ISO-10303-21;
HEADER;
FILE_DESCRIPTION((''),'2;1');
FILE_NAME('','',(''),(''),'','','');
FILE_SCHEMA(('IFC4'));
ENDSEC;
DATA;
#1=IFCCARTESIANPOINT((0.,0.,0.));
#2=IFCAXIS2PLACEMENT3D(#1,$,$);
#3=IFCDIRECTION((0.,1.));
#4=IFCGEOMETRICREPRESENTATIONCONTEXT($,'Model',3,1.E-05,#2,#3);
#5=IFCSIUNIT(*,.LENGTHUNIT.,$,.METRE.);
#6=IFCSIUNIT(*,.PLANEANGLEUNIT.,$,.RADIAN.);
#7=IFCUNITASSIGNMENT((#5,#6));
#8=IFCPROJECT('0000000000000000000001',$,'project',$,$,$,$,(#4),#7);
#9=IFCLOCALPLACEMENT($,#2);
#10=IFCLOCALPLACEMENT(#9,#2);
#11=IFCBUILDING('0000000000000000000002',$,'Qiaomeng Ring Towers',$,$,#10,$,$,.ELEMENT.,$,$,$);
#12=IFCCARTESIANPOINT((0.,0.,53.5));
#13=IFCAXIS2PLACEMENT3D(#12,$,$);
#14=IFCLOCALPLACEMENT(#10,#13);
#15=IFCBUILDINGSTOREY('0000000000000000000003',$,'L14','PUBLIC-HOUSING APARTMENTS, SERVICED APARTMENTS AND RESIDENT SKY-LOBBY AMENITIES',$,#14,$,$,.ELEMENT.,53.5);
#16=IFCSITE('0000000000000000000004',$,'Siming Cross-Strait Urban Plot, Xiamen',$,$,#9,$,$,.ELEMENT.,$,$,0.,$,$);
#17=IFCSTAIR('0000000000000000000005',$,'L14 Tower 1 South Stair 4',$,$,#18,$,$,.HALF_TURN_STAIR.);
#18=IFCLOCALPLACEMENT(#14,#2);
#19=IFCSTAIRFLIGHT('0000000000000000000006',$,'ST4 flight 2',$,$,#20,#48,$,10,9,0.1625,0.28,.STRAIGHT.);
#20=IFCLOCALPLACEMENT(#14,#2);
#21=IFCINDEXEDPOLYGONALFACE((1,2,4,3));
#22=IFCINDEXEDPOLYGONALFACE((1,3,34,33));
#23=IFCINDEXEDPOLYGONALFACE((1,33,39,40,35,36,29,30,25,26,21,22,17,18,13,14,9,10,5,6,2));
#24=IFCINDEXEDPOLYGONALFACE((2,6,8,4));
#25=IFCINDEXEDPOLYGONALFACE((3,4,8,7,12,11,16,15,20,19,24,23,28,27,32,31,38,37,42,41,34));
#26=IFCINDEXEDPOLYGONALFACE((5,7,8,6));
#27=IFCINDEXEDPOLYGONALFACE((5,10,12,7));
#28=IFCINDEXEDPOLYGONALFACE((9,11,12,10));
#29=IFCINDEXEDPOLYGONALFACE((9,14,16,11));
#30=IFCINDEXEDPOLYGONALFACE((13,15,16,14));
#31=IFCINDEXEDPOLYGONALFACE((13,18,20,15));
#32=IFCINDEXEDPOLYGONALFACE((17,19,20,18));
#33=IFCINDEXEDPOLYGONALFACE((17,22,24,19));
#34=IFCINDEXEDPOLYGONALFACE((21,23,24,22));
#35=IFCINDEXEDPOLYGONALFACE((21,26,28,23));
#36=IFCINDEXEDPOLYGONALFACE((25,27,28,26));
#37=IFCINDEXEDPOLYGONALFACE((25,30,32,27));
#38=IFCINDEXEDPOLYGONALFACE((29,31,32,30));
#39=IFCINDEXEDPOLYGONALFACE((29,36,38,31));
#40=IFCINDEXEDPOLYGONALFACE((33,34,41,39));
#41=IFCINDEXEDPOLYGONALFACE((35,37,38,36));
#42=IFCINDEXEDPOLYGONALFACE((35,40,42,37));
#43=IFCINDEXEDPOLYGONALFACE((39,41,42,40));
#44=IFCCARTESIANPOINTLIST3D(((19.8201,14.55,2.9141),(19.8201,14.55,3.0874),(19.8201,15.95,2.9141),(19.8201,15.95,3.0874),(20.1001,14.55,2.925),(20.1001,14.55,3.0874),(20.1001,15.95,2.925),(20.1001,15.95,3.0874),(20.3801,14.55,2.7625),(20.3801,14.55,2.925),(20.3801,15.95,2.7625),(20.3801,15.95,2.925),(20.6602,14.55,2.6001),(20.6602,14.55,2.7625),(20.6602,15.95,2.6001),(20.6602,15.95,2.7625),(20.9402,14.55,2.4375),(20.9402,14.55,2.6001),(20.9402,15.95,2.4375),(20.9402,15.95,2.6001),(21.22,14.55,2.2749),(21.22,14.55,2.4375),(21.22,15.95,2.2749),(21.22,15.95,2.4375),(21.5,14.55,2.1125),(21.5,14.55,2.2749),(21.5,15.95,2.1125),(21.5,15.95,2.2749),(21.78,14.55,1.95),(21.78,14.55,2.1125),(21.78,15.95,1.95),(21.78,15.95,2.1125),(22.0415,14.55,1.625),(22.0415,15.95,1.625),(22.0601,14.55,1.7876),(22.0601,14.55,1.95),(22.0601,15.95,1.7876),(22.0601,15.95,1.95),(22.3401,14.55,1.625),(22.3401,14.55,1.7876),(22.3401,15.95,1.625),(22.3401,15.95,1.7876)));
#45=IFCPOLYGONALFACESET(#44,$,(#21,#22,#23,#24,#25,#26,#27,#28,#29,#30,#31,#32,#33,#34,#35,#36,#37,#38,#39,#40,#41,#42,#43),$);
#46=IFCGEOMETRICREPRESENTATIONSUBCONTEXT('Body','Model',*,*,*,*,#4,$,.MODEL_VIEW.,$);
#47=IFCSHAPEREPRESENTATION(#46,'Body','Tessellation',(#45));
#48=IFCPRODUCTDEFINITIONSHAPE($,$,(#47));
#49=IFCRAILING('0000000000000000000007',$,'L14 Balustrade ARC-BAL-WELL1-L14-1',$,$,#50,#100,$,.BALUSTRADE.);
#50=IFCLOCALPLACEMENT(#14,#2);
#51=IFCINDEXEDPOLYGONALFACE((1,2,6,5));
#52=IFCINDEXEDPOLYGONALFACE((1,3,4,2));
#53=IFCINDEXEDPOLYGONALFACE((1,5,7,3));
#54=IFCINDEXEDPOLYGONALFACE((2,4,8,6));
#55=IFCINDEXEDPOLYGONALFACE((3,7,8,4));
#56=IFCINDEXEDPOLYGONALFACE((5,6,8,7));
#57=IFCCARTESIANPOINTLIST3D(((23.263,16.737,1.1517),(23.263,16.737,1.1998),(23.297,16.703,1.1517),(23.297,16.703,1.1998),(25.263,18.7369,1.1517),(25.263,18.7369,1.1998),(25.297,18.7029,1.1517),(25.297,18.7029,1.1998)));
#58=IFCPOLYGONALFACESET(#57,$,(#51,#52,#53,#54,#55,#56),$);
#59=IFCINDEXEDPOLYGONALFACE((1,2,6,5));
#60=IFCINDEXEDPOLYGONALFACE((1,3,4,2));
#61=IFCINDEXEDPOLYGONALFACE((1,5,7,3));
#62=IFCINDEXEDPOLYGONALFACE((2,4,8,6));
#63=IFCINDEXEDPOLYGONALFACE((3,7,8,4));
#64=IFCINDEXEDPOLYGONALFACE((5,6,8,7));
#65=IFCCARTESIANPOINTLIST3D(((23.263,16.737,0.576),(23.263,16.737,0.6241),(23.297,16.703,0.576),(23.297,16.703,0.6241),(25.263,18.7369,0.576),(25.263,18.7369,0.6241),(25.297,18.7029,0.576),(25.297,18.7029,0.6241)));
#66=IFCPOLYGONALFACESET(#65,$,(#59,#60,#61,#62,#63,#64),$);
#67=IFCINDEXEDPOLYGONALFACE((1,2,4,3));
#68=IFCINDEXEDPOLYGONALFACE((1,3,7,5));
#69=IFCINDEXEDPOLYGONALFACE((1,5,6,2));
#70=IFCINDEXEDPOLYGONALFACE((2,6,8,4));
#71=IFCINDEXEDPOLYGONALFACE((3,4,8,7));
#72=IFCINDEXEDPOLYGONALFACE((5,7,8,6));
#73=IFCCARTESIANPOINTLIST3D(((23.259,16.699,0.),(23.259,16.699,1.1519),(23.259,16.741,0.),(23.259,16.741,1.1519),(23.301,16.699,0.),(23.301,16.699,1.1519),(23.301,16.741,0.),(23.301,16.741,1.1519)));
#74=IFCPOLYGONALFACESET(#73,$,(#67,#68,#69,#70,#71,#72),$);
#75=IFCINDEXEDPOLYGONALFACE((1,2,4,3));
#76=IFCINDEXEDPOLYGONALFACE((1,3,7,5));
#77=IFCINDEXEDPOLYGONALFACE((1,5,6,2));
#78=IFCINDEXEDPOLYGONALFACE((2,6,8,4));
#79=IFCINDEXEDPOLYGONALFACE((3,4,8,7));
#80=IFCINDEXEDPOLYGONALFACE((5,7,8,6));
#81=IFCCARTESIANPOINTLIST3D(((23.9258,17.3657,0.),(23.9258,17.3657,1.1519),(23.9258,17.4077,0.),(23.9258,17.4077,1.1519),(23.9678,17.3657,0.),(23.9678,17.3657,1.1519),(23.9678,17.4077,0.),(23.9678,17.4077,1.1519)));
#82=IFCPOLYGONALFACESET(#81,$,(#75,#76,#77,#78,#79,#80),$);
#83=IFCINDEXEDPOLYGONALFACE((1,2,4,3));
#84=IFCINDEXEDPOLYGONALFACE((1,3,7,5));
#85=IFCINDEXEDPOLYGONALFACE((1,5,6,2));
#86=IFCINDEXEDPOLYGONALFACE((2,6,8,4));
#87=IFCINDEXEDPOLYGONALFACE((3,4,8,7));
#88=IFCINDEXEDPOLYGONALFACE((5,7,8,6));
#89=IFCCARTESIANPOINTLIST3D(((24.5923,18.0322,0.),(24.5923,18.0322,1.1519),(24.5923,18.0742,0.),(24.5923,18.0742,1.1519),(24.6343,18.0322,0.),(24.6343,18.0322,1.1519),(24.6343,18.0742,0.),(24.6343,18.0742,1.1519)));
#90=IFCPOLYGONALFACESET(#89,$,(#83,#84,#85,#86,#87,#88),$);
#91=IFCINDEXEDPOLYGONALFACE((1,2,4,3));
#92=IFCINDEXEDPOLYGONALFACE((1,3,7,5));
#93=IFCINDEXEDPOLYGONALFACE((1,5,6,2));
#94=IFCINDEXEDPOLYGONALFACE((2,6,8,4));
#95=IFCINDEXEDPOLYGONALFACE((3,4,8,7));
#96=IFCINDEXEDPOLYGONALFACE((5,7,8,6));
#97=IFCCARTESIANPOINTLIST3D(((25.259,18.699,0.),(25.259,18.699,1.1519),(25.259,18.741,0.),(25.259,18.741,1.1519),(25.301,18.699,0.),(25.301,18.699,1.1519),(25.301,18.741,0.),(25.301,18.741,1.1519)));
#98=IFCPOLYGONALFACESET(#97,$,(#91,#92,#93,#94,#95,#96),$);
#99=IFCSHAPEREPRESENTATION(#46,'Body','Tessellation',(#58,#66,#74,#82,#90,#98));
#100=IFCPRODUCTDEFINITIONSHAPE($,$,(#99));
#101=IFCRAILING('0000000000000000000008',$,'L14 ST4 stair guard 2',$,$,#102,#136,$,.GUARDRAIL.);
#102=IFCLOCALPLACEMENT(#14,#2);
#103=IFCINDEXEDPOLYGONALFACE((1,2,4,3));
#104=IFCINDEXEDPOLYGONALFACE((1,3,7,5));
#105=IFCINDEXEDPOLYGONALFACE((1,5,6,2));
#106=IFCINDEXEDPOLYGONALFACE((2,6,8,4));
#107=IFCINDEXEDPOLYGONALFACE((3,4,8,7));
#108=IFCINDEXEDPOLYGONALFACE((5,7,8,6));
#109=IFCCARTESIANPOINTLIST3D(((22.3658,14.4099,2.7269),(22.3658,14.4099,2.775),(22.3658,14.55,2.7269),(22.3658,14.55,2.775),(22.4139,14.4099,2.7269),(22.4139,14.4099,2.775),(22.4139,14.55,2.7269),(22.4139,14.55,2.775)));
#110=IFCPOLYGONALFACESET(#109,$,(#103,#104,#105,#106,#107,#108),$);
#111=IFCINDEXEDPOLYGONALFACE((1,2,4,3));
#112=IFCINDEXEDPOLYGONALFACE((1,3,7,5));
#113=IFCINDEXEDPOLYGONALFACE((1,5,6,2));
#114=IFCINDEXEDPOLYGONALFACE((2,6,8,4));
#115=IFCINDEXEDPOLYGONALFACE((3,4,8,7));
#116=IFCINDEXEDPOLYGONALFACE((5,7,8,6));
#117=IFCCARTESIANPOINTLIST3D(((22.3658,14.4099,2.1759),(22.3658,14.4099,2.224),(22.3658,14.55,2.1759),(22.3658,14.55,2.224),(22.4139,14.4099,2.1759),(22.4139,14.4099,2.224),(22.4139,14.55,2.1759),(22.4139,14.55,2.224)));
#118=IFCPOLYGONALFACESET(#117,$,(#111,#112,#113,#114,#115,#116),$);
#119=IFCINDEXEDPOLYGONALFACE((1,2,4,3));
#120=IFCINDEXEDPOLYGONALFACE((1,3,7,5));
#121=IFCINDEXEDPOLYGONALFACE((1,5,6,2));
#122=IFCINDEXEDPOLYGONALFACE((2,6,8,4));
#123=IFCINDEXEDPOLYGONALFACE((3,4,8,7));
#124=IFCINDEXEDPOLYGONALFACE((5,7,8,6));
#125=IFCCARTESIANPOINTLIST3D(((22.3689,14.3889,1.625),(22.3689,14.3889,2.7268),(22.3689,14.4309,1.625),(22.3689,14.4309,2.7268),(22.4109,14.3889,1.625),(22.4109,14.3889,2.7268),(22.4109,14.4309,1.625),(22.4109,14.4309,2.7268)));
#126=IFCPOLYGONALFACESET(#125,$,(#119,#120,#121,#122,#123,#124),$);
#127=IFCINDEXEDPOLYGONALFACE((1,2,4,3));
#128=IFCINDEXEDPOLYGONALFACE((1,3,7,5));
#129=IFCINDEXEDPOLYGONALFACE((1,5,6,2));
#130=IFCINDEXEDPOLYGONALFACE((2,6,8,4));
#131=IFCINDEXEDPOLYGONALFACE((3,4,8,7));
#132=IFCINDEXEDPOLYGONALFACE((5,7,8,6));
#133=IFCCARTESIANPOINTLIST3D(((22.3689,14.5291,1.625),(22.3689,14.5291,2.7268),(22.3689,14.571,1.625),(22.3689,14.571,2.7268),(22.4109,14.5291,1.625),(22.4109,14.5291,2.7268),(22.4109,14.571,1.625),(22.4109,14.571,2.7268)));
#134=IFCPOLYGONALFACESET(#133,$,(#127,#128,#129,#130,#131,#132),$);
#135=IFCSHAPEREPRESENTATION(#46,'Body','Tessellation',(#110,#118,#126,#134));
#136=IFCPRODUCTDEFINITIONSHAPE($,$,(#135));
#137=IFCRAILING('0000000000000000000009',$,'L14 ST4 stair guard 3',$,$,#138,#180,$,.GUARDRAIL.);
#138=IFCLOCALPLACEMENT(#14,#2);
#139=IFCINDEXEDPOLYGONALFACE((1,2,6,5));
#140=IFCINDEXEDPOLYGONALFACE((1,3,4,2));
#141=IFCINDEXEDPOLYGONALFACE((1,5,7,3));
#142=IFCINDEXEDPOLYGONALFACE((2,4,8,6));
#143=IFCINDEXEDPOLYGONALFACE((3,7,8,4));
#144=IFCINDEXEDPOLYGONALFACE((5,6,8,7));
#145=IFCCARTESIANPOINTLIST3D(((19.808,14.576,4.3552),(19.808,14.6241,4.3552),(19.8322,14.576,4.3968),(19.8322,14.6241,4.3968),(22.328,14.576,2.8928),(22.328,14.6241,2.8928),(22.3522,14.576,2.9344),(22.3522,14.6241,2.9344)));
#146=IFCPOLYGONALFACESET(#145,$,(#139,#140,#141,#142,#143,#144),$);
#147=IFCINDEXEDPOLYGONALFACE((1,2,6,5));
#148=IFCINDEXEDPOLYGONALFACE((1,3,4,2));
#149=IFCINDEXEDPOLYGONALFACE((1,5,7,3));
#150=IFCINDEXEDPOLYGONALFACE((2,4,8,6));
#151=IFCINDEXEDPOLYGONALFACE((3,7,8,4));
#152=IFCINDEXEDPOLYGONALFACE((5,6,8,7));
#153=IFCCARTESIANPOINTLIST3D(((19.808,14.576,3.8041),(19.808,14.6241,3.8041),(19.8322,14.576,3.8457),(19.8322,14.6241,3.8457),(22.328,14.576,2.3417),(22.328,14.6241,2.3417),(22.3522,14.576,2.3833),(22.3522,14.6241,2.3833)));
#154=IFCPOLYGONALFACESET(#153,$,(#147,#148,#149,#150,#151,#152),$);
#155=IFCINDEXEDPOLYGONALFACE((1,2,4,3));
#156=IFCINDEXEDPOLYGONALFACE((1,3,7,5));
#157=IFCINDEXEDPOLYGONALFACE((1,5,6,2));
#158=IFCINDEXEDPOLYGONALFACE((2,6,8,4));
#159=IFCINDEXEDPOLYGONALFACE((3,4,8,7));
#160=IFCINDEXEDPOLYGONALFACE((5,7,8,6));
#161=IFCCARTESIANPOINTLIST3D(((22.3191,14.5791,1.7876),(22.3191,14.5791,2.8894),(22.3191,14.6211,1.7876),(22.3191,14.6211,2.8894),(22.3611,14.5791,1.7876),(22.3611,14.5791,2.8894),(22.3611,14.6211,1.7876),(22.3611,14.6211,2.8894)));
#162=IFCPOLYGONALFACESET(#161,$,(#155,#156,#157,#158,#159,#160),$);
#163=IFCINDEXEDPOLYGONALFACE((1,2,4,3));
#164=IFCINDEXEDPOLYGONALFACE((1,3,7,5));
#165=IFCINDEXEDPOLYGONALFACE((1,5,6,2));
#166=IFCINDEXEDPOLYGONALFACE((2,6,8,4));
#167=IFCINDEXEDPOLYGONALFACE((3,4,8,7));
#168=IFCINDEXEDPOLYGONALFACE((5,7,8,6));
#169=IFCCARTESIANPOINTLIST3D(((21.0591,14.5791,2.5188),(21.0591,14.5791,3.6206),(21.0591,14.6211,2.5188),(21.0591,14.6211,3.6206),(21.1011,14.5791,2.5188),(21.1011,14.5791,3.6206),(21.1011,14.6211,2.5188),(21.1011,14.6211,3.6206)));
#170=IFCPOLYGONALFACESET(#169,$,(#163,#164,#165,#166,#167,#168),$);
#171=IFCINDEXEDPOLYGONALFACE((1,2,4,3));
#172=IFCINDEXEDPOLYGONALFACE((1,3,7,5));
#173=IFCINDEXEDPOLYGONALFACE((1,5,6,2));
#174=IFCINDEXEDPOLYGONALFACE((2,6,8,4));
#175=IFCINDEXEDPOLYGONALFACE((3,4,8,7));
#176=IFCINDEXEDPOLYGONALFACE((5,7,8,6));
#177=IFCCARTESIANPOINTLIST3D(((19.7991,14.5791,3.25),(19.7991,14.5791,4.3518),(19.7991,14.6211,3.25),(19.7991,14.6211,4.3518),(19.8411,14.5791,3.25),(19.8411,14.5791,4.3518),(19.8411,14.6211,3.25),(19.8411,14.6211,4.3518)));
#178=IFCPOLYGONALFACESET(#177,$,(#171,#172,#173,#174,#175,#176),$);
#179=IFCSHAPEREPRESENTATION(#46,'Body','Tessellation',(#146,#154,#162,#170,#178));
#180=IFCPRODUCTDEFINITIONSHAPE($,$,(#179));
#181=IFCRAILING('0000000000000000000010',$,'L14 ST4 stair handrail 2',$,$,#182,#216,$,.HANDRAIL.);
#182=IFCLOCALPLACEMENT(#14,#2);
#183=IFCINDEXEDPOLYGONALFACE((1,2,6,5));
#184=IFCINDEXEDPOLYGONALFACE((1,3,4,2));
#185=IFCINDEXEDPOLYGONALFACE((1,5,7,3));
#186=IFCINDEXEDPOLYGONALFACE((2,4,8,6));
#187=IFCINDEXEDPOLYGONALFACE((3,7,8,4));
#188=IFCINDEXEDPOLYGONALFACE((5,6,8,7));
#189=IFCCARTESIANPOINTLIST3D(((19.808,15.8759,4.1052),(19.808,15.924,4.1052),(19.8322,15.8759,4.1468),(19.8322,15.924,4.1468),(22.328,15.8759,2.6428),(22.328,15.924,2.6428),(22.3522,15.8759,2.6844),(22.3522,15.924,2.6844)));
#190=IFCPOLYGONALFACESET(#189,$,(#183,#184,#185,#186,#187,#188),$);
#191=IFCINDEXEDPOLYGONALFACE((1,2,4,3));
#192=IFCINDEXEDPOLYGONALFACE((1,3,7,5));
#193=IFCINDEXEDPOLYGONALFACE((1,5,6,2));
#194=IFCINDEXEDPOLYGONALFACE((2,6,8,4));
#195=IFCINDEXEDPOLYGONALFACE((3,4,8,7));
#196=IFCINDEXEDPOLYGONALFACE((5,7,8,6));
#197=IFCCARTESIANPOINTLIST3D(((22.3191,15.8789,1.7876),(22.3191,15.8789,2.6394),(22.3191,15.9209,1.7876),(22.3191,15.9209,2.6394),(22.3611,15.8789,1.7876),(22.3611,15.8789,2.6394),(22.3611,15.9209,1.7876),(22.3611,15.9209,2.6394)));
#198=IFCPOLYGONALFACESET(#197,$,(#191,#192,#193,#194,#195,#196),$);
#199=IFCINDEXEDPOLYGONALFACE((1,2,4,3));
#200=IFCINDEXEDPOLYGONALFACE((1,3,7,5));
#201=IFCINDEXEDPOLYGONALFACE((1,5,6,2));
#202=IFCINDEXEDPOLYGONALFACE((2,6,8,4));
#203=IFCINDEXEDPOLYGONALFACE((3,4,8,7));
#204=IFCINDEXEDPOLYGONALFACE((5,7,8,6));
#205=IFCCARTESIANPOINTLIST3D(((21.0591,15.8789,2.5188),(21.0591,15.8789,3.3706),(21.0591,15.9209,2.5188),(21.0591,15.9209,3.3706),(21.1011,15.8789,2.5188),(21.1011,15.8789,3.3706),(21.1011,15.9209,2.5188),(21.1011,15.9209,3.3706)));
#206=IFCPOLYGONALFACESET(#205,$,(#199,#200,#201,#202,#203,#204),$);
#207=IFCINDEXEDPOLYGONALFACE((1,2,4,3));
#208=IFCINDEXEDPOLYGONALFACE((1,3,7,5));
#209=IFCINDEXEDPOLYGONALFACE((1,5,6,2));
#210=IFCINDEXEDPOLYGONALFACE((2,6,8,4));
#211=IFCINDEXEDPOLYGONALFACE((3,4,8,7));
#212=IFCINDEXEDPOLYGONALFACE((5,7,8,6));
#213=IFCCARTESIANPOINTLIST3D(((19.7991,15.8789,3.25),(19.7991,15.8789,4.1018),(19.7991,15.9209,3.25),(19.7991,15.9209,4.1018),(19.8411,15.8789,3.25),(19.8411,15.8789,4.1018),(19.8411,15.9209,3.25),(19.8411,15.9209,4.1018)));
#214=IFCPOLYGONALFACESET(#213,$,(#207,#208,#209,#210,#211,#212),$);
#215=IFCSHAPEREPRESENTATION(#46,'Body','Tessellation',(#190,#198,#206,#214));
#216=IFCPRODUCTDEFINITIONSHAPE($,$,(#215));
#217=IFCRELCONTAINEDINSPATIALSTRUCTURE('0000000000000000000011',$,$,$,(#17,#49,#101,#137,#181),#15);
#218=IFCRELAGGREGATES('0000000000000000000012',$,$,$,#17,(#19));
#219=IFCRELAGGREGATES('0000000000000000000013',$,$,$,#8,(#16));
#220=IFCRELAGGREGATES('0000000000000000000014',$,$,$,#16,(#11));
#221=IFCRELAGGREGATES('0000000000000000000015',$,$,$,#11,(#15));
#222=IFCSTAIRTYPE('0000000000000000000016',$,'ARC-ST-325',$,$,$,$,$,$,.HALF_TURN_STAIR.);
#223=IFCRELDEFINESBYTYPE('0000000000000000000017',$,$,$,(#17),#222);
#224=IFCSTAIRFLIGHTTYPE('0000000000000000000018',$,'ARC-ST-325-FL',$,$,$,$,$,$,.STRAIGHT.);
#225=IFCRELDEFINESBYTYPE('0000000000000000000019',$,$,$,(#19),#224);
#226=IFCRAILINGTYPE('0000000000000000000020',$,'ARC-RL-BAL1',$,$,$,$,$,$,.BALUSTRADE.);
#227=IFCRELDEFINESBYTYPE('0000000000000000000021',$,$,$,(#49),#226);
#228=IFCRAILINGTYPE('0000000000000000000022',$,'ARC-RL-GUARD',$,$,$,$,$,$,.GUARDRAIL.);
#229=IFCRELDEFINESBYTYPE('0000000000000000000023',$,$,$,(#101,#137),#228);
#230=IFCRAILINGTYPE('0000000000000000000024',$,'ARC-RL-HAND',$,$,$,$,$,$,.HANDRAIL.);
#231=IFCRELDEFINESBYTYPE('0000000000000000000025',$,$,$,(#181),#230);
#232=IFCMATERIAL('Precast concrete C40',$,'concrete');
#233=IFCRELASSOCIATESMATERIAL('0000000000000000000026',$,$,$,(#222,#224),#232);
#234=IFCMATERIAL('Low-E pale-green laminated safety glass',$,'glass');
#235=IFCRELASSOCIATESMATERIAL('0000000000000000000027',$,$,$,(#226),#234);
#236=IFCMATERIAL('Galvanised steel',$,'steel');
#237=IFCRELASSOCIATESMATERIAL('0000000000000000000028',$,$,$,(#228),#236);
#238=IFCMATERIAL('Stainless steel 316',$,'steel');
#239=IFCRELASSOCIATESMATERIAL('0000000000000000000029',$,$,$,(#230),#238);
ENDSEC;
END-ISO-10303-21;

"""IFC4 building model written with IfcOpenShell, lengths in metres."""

from ifc_helpers import new_model, si_unit, direction, frame, origin, origin_2d, place, context, subcontext, project, spatial, polyline, rectangle, outline, extrude, source, transform, mapped, material, type_object, element, aggregate, save


model = new_model("IFC4")

# Units and contexts
model_context = context("Model", 3, precision=1e-05, world=origin(), true_north=direction((0.0, 1.0)))
body_context = subcontext(model_context, "Body", "Model", "MODEL_VIEW")
ifc_project = project(units=[si_unit("LENGTHUNIT", "METRE"), si_unit("PLANEANGLEUNIT", "RADIAN")], contexts=[model_context])

# Site, building, storey
site_placement = place(None, origin())
site = spatial("IfcSite", under=ifc_project, at=site_placement, Name="Siming Cross-Strait Urban Plot, Xiamen", CompositionType="ELEMENT", RefElevation=0.0)
building_placement = place(site_placement, origin())
building = spatial("IfcBuilding", under=site, at=building_placement, Name="Qiaomeng Ring Towers", CompositionType="ELEMENT")
storey_placement = place(building_placement, frame((0.0, 0.0, 53.5)))
storey = spatial("IfcBuildingStorey", under=building, at=storey_placement, Name="L14", Description="PUBLIC-HOUSING APARTMENTS, SERVICED APARTMENTS AND RESIDENT SKY-LOBBY AMENITIES", CompositionType="ELEMENT", Elevation=53.5)

# Shared definitions
ifc_material_1 = material(Name="Galvanised steel", Category="steel")

# Shared definitions
ifc_material_2 = material(Name="Stainless steel 316", Category="steel")

# Stair, stair flight
ifc_material_3 = material(Name="Precast concrete C40", Category="concrete")
stair_type = type_object("IfcStairType", Name="ARC-ST-325", PredefinedType="HALF_TURN_STAIR", material=ifc_material_3)
stair_placement = place(storey_placement, origin())
stair = element("IfcStair", 1, at=stair_placement, inside=storey, type_object=stair_type, Name="L14 Tower 1 South Stair 4", PredefinedType="HALF_TURN_STAIR")
stair_flight_type = type_object("IfcStairFlightType", Name="ARC-ST-325-FL", PredefinedType="STRAIGHT", material=ifc_material_3)
shared_shape_1 = source(origin(), body_context, "Body", "SweptSolid", [
    extrude(outline(polyline([(0.0, 0.0), (0.0, 0.1626), (0.28, 0.1626), (0.28, 0.325), (0.5601, 0.325), (0.5601, 0.4875), (0.8401, 0.4875), (0.8401, 0.6499), (1.1201, 0.6499), (1.1201, 0.8125), (1.3999, 0.8125), (1.3999, 0.9751), (1.6799, 0.9751), (1.6799, 1.1375), (1.96, 1.1375), (1.96, 1.3), (2.24, 1.3), (2.24, 1.4624), (2.52, 1.4624), (2.52, 1.625), (2.52, 1.2891), (0.2986, 0.0), (0.0, 0.0)])), frame((0.0, 0.7, 0.0), z_axis=(0.0, -1.0, 0.0), x_axis=(1.0, 0.0, 0.0)), (0.0, 0.0, 1.0), 1.3999),
])
stair_flight_placement = place(storey_placement, frame((22.3401, 15.25, 1.625), z_axis=(0.0, 0.0, 1.0), x_axis=(-1.0, 0.0, 0.0)))
stair_flight = element("IfcStairFlight", 2, at=stair_flight_placement, type_object=stair_flight_type, Name="ST4 flight 2", NumberOfRisers=10, NumberOfTreads=9, PredefinedType="STRAIGHT", RiserHeight=0.1625, TreadLength=0.28, context=body_context, shape_type="MappedRepresentation", body=[
    mapped(shared_shape_1, transform((0.0, 0.0, 0.0), x_axis=(1.0, 0.0, 0.0), y_axis=(0.0, 1.0, 0.0), z_axis=(0.0, 0.0, 1.0), scale=1.0)),
])
aggregate(stair, [stair_flight])

# Railings
ifc_material_4 = material(Name="Low-E pale-green laminated safety glass", Category="glass")
railing_type_1 = type_object("IfcRailingType", Name="ARC-RL-BAL1", PredefinedType="BALUSTRADE", material=ifc_material_4)
railing_1_placement = place(storey_placement, frame((23.28, 16.72, 0.0)))
element("IfcRailing", 3, at=railing_1_placement, inside=storey, type_object=railing_type_1, Name="L14 Balustrade ARC-BAL-WELL1-L14-1", PredefinedType="BALUSTRADE", context=body_context, shape_type="SweptSolid", body=[
    extrude(rectangle(XDim=0.0481, YDim=0.0481, at=origin_2d()), frame((0.0, 0.0, 1.1758), z_axis=(0.707107, 0.707107, 0.0), x_axis=(-0.707107, 0.707107, 0.0)), (0.0, 0.0, 1.0), 2.8284),
    extrude(rectangle(XDim=0.0481, YDim=0.0481, at=origin_2d()), frame((0.0, 0.0, 0.6001), z_axis=(0.707107, 0.707107, 0.0), x_axis=(-0.707107, 0.707107, 0.0)), (0.0, 0.0, 1.0), 2.8284),
    extrude(rectangle(XDim=0.042, YDim=0.042, at=origin_2d()), origin(), (0.0, 0.0, 1.0), 1.1519),
    extrude(rectangle(XDim=0.042, YDim=0.042, at=origin_2d()), frame((0.6667, 0.6667, 0.0)), (0.0, 0.0, 1.0), 1.1519),
    extrude(rectangle(XDim=0.042, YDim=0.042, at=origin_2d()), frame((1.3333, 1.3333, 0.0)), (0.0, 0.0, 1.0), 1.1519),
    extrude(rectangle(XDim=0.042, YDim=0.042, at=origin_2d()), frame((2.0, 2.0, 0.0)), (0.0, 0.0, 1.0), 1.1519),
])
railing_type_2 = type_object("IfcRailingType", Name="ARC-RL-GUARD", PredefinedType="GUARDRAIL", material=ifc_material_1)
railing_2_placement = place(storey_placement, frame((22.3899, 14.4099, 1.625)))
element("IfcRailing", 4, at=railing_2_placement, inside=storey, type_object=railing_type_2, Name="L14 ST4 stair guard 2", PredefinedType="GUARDRAIL", context=body_context, shape_type="SweptSolid", body=[
    extrude(rectangle(XDim=0.0481, YDim=0.0481, at=origin_2d()), frame((0.0, 0.0, 1.126), z_axis=(0.0, 1.0, 0.0), x_axis=(-1.0, 0.0, 0.0)), (0.0, 0.0, 1.0), 0.1401),
    extrude(rectangle(XDim=0.0481, YDim=0.0481, at=origin_2d()), frame((0.0, 0.0, 0.575), z_axis=(0.0, 1.0, 0.0), x_axis=(-1.0, 0.0, 0.0)), (0.0, 0.0, 1.0), 0.1401),
    extrude(rectangle(XDim=0.042, YDim=0.042, at=origin_2d()), origin(), (0.0, 0.0, 1.0), 1.1018),
    extrude(rectangle(XDim=0.042, YDim=0.042, at=origin_2d()), frame((0.0, 0.1401, 0.0)), (0.0, 0.0, 1.0), 1.1018),
])
railing_3_placement = place(storey_placement, frame((22.3401, 14.6001, 1.7876)))
element("IfcRailing", 5, at=railing_3_placement, inside=storey, type_object=railing_type_2, Name="L14 ST4 stair guard 3", PredefinedType="GUARDRAIL", context=body_context, shape_type="SweptSolid", body=[
    extrude(rectangle(XDim=0.0481, YDim=0.0481, at=origin_2d()), frame((0.0, 0.0, 1.126), z_axis=(-0.864913, 0.0, 0.501921), x_axis=(0.0, -1.0, 0.0)), (0.0, 0.0, 1.0), 2.9136),
    extrude(rectangle(XDim=0.0481, YDim=0.0481, at=origin_2d()), frame((0.0, 0.0, 0.575), z_axis=(-0.864913, 0.0, 0.501921), x_axis=(0.0, -1.0, 0.0)), (0.0, 0.0, 1.0), 2.9136),
    extrude(rectangle(XDim=0.042, YDim=0.042, at=origin_2d()), origin(), (0.0, 0.0, 1.0), 1.1018),
    extrude(rectangle(XDim=0.042, YDim=0.042, at=origin_2d()), frame((-1.26, 0.0, 0.7312)), (0.0, 0.0, 1.0), 1.1018),
    extrude(rectangle(XDim=0.042, YDim=0.042, at=origin_2d()), frame((-2.52, 0.0, 1.4624)), (0.0, 0.0, 1.0), 1.1018),
])
railing_type_3 = type_object("IfcRailingType", Name="ARC-RL-HAND", PredefinedType="HANDRAIL", material=ifc_material_2)
railing_4_placement = place(storey_placement, frame((22.3401, 15.8999, 1.7876)))
element("IfcRailing", 6, at=railing_4_placement, inside=storey, type_object=railing_type_3, Name="L14 ST4 stair handrail 2", PredefinedType="HANDRAIL", context=body_context, shape_type="SweptSolid", body=[
    extrude(rectangle(XDim=0.0481, YDim=0.0481, at=origin_2d()), frame((0.0, 0.0, 0.876), z_axis=(-0.864913, 0.0, 0.501921), x_axis=(0.0, -1.0, 0.0)), (0.0, 0.0, 1.0), 2.9136),
    extrude(rectangle(XDim=0.042, YDim=0.042, at=origin_2d()), origin(), (0.0, 0.0, 1.0), 0.8518),
    extrude(rectangle(XDim=0.042, YDim=0.042, at=origin_2d()), frame((-1.26, 0.0, 0.7312)), (0.0, 0.0, 1.0), 0.8518),
    extrude(rectangle(XDim=0.042, YDim=0.042, at=origin_2d()), frame((-2.52, 0.0, 1.4624)), (0.0, 0.0, 1.0), 0.8518),
])

save(model, "model.ifc")
